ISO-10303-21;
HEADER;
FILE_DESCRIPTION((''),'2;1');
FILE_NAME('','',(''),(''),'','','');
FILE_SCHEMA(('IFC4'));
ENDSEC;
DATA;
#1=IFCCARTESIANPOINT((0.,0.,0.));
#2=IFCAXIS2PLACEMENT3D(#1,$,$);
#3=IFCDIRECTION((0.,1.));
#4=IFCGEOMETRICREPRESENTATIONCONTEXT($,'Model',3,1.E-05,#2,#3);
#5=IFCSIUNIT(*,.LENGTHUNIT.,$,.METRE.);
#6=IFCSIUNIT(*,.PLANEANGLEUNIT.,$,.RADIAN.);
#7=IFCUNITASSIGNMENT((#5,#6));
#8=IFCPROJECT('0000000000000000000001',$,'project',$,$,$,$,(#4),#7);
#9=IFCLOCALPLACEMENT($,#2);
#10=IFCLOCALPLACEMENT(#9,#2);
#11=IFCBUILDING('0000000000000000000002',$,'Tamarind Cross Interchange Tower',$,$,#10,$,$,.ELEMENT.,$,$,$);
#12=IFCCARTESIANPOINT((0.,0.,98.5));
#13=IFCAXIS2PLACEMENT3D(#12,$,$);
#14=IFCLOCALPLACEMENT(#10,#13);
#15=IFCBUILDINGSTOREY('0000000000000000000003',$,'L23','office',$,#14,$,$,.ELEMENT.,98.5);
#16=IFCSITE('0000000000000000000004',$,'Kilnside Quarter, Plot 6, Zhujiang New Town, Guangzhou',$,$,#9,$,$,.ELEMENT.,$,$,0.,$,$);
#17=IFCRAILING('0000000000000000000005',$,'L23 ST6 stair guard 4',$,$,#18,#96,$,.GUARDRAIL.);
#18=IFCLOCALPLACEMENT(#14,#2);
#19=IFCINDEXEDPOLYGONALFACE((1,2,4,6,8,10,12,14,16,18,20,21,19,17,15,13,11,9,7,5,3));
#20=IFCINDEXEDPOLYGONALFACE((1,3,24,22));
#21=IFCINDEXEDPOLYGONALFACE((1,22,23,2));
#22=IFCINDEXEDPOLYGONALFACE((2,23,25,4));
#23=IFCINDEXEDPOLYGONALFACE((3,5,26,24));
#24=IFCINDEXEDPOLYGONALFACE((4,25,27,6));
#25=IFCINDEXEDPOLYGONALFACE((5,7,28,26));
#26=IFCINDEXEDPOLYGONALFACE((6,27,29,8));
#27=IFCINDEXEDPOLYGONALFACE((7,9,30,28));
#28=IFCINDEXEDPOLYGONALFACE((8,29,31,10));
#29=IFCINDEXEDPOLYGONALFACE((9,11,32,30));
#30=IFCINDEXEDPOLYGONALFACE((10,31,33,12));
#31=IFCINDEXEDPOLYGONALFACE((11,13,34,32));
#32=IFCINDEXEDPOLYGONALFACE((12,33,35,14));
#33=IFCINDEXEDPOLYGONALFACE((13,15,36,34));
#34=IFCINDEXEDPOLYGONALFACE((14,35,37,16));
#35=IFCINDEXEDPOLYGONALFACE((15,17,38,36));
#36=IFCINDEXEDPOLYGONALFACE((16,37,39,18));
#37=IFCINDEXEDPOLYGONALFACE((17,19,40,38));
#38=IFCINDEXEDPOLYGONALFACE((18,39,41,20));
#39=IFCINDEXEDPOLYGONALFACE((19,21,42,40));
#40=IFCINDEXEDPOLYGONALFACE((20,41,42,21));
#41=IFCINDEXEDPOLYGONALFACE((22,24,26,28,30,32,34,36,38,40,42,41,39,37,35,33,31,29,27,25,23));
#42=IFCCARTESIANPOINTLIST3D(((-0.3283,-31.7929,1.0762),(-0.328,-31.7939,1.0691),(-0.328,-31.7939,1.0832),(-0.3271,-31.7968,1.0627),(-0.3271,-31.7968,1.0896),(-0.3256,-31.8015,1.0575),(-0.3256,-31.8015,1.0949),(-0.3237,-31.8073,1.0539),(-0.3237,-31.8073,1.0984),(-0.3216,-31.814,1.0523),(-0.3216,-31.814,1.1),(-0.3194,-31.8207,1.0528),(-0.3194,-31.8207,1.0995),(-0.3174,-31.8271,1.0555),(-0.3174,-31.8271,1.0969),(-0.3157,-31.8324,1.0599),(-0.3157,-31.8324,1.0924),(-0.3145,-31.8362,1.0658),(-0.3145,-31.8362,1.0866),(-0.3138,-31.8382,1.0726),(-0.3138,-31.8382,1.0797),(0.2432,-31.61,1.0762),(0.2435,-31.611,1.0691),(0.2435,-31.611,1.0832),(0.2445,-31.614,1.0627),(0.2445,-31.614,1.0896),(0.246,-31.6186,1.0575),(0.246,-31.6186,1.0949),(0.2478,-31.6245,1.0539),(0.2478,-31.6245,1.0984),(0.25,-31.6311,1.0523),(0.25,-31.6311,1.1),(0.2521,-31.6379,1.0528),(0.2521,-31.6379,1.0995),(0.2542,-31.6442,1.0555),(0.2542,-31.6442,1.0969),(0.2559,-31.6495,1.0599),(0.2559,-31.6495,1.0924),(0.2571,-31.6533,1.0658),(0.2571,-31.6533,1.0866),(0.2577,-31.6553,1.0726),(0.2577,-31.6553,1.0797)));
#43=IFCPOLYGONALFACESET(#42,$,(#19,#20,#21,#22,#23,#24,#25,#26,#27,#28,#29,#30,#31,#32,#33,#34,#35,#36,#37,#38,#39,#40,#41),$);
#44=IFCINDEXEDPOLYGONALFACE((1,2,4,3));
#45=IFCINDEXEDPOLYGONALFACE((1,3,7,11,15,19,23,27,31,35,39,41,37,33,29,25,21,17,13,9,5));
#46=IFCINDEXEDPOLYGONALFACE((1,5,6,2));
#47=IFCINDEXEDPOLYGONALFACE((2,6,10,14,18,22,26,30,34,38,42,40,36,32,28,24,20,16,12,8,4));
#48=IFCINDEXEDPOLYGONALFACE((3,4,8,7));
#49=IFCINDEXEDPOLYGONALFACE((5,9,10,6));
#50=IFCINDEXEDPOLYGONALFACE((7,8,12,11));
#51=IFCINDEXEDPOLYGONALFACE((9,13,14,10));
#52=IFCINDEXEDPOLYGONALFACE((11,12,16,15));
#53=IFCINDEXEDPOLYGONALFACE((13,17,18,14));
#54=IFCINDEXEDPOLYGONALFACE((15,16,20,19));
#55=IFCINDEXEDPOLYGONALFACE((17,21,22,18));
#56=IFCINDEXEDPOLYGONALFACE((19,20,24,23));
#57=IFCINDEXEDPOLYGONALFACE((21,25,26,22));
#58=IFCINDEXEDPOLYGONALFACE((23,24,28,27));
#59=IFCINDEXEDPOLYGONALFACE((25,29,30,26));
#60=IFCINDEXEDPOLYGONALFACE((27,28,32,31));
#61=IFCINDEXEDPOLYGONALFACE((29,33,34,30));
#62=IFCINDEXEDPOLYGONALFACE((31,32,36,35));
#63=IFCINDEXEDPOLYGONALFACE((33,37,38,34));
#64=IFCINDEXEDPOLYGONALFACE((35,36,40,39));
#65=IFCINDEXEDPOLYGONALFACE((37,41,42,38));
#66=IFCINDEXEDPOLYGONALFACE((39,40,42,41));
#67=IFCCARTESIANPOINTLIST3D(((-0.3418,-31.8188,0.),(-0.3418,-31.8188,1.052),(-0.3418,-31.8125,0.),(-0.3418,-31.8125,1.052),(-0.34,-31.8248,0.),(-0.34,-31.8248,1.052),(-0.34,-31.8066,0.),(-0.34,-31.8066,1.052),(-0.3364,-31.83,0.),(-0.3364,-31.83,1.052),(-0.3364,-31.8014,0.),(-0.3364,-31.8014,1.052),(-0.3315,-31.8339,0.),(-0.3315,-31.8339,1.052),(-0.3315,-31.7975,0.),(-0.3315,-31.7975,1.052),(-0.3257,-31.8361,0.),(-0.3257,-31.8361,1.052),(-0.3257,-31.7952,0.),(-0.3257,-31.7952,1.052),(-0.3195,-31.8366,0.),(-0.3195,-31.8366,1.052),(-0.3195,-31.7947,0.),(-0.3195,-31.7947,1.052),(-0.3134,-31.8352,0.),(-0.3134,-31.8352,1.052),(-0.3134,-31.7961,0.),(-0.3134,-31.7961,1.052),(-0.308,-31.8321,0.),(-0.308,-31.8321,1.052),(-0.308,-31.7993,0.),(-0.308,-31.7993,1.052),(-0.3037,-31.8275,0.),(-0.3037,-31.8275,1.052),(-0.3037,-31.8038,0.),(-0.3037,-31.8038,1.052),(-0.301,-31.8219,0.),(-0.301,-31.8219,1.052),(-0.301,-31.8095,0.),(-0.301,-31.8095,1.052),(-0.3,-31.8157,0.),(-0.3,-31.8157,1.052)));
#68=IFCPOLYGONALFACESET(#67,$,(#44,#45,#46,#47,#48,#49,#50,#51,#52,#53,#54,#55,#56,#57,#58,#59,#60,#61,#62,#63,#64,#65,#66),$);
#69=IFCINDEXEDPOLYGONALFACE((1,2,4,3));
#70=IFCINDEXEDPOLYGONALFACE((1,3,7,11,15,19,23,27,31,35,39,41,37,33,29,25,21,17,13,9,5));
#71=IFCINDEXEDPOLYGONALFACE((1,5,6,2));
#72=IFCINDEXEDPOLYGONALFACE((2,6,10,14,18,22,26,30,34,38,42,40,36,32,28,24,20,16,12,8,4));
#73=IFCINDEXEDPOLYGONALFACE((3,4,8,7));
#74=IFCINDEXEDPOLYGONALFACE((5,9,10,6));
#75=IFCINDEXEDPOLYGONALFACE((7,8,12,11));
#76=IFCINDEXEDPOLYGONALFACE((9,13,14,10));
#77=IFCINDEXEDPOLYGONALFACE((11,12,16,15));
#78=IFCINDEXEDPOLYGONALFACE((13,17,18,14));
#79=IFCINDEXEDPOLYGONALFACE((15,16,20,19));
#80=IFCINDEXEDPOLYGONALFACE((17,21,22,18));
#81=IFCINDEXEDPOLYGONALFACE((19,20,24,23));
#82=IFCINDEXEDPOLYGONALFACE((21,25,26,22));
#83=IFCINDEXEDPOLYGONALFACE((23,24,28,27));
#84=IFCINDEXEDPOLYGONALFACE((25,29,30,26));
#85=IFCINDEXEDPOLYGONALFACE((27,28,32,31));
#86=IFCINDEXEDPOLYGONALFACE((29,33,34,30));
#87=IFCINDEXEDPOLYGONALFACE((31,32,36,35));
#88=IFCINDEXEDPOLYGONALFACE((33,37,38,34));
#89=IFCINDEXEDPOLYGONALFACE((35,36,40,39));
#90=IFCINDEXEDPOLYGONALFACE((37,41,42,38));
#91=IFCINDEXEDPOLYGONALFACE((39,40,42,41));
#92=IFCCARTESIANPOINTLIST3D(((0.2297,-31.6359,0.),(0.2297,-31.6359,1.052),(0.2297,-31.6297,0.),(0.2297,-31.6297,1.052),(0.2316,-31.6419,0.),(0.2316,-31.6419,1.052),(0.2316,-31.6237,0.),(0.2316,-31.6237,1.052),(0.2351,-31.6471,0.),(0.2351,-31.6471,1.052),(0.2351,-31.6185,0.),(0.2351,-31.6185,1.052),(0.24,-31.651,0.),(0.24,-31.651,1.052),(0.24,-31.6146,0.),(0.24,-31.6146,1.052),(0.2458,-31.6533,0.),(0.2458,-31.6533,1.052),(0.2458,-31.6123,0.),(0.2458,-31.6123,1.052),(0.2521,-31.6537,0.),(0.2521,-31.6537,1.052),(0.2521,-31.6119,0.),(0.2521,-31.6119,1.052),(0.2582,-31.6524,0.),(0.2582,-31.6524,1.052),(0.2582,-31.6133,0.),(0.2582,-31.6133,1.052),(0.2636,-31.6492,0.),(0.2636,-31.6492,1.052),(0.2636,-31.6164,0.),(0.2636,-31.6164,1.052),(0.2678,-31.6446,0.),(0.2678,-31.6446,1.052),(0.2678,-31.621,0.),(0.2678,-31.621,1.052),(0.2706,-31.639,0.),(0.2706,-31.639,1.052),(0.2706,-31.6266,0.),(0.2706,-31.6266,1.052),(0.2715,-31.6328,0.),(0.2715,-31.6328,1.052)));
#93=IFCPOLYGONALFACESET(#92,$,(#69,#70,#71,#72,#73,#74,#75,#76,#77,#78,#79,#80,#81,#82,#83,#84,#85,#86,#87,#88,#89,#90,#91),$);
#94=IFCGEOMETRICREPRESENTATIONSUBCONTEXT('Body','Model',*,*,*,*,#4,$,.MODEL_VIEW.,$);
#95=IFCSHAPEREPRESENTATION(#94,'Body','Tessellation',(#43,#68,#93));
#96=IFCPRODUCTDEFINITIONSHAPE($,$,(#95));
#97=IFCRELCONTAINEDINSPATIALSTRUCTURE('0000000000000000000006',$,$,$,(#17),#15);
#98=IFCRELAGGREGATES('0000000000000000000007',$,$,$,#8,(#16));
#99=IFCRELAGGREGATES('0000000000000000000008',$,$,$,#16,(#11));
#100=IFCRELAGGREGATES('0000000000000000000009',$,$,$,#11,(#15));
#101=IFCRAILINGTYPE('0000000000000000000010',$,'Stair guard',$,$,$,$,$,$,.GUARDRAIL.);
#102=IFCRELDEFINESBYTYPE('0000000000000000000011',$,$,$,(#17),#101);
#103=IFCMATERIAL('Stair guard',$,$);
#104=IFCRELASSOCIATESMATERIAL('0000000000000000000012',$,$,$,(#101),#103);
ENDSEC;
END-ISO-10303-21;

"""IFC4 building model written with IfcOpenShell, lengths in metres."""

from ifc_helpers import new_model, si_unit, direction, frame, origin, origin_2d, place, context, subcontext, project, spatial, circle, extrude, material, type_object, element, save


model = new_model("IFC4")

# Units and contexts
model_context = context("Model", 3, precision=1e-05, world=origin(), true_north=direction((0.0, 1.0)))
body_context = subcontext(model_context, "Body", "Model", "MODEL_VIEW")
ifc_project = project(units=[si_unit("LENGTHUNIT", "METRE"), si_unit("PLANEANGLEUNIT", "RADIAN")], contexts=[model_context])

# Site, building, storey
site_placement = place(None, origin())
site = spatial("IfcSite", under=ifc_project, at=site_placement, Name="Kilnside Quarter, Plot 6, Zhujiang New Town, Guangzhou", CompositionType="ELEMENT", RefElevation=0.0)
building_placement = place(site_placement, origin())
building = spatial("IfcBuilding", under=site, at=building_placement, Name="Tamarind Cross Interchange Tower", CompositionType="ELEMENT")
storey_placement = place(building_placement, frame((0.0, 0.0, 98.5)))
storey = spatial("IfcBuildingStorey", under=building, at=storey_placement, Name="L23", Description="office", CompositionType="ELEMENT", Elevation=98.5)

# Railing
ifc_material_1 = material(Name="Stair guard")
railing_type_1 = type_object("IfcRailingType", Name="Stair guard", PredefinedType="GUARDRAIL", material=ifc_material_1)
railing_1_placement = place(storey_placement, frame((-0.321, -31.8157, 0.0)))
element("IfcRailing", 1, at=railing_1_placement, inside=storey, type_object=railing_type_1, Name="L23 ST6 stair guard 4", PredefinedType="GUARDRAIL", context=body_context, shape_type="SweptSolid", body=[
    extrude(circle(Radius=0.0239, at=origin_2d()), frame((0.0, 0.0, 1.0762), z_axis=(0.952438, 0.304731, 0.0), x_axis=(-0.304731, 0.952438, 0.0)), (0.0, 0.0, 1.0), 0.6001),
    extrude(circle(Radius=0.021, at=origin_2d()), origin(), (0.0, 0.0, 1.0), 1.052),
    extrude(circle(Radius=0.021, at=origin_2d()), frame((0.5715, 0.1829, 0.0)), (0.0, 0.0, 1.0), 1.052),
])

save(model, "model.ifc")
